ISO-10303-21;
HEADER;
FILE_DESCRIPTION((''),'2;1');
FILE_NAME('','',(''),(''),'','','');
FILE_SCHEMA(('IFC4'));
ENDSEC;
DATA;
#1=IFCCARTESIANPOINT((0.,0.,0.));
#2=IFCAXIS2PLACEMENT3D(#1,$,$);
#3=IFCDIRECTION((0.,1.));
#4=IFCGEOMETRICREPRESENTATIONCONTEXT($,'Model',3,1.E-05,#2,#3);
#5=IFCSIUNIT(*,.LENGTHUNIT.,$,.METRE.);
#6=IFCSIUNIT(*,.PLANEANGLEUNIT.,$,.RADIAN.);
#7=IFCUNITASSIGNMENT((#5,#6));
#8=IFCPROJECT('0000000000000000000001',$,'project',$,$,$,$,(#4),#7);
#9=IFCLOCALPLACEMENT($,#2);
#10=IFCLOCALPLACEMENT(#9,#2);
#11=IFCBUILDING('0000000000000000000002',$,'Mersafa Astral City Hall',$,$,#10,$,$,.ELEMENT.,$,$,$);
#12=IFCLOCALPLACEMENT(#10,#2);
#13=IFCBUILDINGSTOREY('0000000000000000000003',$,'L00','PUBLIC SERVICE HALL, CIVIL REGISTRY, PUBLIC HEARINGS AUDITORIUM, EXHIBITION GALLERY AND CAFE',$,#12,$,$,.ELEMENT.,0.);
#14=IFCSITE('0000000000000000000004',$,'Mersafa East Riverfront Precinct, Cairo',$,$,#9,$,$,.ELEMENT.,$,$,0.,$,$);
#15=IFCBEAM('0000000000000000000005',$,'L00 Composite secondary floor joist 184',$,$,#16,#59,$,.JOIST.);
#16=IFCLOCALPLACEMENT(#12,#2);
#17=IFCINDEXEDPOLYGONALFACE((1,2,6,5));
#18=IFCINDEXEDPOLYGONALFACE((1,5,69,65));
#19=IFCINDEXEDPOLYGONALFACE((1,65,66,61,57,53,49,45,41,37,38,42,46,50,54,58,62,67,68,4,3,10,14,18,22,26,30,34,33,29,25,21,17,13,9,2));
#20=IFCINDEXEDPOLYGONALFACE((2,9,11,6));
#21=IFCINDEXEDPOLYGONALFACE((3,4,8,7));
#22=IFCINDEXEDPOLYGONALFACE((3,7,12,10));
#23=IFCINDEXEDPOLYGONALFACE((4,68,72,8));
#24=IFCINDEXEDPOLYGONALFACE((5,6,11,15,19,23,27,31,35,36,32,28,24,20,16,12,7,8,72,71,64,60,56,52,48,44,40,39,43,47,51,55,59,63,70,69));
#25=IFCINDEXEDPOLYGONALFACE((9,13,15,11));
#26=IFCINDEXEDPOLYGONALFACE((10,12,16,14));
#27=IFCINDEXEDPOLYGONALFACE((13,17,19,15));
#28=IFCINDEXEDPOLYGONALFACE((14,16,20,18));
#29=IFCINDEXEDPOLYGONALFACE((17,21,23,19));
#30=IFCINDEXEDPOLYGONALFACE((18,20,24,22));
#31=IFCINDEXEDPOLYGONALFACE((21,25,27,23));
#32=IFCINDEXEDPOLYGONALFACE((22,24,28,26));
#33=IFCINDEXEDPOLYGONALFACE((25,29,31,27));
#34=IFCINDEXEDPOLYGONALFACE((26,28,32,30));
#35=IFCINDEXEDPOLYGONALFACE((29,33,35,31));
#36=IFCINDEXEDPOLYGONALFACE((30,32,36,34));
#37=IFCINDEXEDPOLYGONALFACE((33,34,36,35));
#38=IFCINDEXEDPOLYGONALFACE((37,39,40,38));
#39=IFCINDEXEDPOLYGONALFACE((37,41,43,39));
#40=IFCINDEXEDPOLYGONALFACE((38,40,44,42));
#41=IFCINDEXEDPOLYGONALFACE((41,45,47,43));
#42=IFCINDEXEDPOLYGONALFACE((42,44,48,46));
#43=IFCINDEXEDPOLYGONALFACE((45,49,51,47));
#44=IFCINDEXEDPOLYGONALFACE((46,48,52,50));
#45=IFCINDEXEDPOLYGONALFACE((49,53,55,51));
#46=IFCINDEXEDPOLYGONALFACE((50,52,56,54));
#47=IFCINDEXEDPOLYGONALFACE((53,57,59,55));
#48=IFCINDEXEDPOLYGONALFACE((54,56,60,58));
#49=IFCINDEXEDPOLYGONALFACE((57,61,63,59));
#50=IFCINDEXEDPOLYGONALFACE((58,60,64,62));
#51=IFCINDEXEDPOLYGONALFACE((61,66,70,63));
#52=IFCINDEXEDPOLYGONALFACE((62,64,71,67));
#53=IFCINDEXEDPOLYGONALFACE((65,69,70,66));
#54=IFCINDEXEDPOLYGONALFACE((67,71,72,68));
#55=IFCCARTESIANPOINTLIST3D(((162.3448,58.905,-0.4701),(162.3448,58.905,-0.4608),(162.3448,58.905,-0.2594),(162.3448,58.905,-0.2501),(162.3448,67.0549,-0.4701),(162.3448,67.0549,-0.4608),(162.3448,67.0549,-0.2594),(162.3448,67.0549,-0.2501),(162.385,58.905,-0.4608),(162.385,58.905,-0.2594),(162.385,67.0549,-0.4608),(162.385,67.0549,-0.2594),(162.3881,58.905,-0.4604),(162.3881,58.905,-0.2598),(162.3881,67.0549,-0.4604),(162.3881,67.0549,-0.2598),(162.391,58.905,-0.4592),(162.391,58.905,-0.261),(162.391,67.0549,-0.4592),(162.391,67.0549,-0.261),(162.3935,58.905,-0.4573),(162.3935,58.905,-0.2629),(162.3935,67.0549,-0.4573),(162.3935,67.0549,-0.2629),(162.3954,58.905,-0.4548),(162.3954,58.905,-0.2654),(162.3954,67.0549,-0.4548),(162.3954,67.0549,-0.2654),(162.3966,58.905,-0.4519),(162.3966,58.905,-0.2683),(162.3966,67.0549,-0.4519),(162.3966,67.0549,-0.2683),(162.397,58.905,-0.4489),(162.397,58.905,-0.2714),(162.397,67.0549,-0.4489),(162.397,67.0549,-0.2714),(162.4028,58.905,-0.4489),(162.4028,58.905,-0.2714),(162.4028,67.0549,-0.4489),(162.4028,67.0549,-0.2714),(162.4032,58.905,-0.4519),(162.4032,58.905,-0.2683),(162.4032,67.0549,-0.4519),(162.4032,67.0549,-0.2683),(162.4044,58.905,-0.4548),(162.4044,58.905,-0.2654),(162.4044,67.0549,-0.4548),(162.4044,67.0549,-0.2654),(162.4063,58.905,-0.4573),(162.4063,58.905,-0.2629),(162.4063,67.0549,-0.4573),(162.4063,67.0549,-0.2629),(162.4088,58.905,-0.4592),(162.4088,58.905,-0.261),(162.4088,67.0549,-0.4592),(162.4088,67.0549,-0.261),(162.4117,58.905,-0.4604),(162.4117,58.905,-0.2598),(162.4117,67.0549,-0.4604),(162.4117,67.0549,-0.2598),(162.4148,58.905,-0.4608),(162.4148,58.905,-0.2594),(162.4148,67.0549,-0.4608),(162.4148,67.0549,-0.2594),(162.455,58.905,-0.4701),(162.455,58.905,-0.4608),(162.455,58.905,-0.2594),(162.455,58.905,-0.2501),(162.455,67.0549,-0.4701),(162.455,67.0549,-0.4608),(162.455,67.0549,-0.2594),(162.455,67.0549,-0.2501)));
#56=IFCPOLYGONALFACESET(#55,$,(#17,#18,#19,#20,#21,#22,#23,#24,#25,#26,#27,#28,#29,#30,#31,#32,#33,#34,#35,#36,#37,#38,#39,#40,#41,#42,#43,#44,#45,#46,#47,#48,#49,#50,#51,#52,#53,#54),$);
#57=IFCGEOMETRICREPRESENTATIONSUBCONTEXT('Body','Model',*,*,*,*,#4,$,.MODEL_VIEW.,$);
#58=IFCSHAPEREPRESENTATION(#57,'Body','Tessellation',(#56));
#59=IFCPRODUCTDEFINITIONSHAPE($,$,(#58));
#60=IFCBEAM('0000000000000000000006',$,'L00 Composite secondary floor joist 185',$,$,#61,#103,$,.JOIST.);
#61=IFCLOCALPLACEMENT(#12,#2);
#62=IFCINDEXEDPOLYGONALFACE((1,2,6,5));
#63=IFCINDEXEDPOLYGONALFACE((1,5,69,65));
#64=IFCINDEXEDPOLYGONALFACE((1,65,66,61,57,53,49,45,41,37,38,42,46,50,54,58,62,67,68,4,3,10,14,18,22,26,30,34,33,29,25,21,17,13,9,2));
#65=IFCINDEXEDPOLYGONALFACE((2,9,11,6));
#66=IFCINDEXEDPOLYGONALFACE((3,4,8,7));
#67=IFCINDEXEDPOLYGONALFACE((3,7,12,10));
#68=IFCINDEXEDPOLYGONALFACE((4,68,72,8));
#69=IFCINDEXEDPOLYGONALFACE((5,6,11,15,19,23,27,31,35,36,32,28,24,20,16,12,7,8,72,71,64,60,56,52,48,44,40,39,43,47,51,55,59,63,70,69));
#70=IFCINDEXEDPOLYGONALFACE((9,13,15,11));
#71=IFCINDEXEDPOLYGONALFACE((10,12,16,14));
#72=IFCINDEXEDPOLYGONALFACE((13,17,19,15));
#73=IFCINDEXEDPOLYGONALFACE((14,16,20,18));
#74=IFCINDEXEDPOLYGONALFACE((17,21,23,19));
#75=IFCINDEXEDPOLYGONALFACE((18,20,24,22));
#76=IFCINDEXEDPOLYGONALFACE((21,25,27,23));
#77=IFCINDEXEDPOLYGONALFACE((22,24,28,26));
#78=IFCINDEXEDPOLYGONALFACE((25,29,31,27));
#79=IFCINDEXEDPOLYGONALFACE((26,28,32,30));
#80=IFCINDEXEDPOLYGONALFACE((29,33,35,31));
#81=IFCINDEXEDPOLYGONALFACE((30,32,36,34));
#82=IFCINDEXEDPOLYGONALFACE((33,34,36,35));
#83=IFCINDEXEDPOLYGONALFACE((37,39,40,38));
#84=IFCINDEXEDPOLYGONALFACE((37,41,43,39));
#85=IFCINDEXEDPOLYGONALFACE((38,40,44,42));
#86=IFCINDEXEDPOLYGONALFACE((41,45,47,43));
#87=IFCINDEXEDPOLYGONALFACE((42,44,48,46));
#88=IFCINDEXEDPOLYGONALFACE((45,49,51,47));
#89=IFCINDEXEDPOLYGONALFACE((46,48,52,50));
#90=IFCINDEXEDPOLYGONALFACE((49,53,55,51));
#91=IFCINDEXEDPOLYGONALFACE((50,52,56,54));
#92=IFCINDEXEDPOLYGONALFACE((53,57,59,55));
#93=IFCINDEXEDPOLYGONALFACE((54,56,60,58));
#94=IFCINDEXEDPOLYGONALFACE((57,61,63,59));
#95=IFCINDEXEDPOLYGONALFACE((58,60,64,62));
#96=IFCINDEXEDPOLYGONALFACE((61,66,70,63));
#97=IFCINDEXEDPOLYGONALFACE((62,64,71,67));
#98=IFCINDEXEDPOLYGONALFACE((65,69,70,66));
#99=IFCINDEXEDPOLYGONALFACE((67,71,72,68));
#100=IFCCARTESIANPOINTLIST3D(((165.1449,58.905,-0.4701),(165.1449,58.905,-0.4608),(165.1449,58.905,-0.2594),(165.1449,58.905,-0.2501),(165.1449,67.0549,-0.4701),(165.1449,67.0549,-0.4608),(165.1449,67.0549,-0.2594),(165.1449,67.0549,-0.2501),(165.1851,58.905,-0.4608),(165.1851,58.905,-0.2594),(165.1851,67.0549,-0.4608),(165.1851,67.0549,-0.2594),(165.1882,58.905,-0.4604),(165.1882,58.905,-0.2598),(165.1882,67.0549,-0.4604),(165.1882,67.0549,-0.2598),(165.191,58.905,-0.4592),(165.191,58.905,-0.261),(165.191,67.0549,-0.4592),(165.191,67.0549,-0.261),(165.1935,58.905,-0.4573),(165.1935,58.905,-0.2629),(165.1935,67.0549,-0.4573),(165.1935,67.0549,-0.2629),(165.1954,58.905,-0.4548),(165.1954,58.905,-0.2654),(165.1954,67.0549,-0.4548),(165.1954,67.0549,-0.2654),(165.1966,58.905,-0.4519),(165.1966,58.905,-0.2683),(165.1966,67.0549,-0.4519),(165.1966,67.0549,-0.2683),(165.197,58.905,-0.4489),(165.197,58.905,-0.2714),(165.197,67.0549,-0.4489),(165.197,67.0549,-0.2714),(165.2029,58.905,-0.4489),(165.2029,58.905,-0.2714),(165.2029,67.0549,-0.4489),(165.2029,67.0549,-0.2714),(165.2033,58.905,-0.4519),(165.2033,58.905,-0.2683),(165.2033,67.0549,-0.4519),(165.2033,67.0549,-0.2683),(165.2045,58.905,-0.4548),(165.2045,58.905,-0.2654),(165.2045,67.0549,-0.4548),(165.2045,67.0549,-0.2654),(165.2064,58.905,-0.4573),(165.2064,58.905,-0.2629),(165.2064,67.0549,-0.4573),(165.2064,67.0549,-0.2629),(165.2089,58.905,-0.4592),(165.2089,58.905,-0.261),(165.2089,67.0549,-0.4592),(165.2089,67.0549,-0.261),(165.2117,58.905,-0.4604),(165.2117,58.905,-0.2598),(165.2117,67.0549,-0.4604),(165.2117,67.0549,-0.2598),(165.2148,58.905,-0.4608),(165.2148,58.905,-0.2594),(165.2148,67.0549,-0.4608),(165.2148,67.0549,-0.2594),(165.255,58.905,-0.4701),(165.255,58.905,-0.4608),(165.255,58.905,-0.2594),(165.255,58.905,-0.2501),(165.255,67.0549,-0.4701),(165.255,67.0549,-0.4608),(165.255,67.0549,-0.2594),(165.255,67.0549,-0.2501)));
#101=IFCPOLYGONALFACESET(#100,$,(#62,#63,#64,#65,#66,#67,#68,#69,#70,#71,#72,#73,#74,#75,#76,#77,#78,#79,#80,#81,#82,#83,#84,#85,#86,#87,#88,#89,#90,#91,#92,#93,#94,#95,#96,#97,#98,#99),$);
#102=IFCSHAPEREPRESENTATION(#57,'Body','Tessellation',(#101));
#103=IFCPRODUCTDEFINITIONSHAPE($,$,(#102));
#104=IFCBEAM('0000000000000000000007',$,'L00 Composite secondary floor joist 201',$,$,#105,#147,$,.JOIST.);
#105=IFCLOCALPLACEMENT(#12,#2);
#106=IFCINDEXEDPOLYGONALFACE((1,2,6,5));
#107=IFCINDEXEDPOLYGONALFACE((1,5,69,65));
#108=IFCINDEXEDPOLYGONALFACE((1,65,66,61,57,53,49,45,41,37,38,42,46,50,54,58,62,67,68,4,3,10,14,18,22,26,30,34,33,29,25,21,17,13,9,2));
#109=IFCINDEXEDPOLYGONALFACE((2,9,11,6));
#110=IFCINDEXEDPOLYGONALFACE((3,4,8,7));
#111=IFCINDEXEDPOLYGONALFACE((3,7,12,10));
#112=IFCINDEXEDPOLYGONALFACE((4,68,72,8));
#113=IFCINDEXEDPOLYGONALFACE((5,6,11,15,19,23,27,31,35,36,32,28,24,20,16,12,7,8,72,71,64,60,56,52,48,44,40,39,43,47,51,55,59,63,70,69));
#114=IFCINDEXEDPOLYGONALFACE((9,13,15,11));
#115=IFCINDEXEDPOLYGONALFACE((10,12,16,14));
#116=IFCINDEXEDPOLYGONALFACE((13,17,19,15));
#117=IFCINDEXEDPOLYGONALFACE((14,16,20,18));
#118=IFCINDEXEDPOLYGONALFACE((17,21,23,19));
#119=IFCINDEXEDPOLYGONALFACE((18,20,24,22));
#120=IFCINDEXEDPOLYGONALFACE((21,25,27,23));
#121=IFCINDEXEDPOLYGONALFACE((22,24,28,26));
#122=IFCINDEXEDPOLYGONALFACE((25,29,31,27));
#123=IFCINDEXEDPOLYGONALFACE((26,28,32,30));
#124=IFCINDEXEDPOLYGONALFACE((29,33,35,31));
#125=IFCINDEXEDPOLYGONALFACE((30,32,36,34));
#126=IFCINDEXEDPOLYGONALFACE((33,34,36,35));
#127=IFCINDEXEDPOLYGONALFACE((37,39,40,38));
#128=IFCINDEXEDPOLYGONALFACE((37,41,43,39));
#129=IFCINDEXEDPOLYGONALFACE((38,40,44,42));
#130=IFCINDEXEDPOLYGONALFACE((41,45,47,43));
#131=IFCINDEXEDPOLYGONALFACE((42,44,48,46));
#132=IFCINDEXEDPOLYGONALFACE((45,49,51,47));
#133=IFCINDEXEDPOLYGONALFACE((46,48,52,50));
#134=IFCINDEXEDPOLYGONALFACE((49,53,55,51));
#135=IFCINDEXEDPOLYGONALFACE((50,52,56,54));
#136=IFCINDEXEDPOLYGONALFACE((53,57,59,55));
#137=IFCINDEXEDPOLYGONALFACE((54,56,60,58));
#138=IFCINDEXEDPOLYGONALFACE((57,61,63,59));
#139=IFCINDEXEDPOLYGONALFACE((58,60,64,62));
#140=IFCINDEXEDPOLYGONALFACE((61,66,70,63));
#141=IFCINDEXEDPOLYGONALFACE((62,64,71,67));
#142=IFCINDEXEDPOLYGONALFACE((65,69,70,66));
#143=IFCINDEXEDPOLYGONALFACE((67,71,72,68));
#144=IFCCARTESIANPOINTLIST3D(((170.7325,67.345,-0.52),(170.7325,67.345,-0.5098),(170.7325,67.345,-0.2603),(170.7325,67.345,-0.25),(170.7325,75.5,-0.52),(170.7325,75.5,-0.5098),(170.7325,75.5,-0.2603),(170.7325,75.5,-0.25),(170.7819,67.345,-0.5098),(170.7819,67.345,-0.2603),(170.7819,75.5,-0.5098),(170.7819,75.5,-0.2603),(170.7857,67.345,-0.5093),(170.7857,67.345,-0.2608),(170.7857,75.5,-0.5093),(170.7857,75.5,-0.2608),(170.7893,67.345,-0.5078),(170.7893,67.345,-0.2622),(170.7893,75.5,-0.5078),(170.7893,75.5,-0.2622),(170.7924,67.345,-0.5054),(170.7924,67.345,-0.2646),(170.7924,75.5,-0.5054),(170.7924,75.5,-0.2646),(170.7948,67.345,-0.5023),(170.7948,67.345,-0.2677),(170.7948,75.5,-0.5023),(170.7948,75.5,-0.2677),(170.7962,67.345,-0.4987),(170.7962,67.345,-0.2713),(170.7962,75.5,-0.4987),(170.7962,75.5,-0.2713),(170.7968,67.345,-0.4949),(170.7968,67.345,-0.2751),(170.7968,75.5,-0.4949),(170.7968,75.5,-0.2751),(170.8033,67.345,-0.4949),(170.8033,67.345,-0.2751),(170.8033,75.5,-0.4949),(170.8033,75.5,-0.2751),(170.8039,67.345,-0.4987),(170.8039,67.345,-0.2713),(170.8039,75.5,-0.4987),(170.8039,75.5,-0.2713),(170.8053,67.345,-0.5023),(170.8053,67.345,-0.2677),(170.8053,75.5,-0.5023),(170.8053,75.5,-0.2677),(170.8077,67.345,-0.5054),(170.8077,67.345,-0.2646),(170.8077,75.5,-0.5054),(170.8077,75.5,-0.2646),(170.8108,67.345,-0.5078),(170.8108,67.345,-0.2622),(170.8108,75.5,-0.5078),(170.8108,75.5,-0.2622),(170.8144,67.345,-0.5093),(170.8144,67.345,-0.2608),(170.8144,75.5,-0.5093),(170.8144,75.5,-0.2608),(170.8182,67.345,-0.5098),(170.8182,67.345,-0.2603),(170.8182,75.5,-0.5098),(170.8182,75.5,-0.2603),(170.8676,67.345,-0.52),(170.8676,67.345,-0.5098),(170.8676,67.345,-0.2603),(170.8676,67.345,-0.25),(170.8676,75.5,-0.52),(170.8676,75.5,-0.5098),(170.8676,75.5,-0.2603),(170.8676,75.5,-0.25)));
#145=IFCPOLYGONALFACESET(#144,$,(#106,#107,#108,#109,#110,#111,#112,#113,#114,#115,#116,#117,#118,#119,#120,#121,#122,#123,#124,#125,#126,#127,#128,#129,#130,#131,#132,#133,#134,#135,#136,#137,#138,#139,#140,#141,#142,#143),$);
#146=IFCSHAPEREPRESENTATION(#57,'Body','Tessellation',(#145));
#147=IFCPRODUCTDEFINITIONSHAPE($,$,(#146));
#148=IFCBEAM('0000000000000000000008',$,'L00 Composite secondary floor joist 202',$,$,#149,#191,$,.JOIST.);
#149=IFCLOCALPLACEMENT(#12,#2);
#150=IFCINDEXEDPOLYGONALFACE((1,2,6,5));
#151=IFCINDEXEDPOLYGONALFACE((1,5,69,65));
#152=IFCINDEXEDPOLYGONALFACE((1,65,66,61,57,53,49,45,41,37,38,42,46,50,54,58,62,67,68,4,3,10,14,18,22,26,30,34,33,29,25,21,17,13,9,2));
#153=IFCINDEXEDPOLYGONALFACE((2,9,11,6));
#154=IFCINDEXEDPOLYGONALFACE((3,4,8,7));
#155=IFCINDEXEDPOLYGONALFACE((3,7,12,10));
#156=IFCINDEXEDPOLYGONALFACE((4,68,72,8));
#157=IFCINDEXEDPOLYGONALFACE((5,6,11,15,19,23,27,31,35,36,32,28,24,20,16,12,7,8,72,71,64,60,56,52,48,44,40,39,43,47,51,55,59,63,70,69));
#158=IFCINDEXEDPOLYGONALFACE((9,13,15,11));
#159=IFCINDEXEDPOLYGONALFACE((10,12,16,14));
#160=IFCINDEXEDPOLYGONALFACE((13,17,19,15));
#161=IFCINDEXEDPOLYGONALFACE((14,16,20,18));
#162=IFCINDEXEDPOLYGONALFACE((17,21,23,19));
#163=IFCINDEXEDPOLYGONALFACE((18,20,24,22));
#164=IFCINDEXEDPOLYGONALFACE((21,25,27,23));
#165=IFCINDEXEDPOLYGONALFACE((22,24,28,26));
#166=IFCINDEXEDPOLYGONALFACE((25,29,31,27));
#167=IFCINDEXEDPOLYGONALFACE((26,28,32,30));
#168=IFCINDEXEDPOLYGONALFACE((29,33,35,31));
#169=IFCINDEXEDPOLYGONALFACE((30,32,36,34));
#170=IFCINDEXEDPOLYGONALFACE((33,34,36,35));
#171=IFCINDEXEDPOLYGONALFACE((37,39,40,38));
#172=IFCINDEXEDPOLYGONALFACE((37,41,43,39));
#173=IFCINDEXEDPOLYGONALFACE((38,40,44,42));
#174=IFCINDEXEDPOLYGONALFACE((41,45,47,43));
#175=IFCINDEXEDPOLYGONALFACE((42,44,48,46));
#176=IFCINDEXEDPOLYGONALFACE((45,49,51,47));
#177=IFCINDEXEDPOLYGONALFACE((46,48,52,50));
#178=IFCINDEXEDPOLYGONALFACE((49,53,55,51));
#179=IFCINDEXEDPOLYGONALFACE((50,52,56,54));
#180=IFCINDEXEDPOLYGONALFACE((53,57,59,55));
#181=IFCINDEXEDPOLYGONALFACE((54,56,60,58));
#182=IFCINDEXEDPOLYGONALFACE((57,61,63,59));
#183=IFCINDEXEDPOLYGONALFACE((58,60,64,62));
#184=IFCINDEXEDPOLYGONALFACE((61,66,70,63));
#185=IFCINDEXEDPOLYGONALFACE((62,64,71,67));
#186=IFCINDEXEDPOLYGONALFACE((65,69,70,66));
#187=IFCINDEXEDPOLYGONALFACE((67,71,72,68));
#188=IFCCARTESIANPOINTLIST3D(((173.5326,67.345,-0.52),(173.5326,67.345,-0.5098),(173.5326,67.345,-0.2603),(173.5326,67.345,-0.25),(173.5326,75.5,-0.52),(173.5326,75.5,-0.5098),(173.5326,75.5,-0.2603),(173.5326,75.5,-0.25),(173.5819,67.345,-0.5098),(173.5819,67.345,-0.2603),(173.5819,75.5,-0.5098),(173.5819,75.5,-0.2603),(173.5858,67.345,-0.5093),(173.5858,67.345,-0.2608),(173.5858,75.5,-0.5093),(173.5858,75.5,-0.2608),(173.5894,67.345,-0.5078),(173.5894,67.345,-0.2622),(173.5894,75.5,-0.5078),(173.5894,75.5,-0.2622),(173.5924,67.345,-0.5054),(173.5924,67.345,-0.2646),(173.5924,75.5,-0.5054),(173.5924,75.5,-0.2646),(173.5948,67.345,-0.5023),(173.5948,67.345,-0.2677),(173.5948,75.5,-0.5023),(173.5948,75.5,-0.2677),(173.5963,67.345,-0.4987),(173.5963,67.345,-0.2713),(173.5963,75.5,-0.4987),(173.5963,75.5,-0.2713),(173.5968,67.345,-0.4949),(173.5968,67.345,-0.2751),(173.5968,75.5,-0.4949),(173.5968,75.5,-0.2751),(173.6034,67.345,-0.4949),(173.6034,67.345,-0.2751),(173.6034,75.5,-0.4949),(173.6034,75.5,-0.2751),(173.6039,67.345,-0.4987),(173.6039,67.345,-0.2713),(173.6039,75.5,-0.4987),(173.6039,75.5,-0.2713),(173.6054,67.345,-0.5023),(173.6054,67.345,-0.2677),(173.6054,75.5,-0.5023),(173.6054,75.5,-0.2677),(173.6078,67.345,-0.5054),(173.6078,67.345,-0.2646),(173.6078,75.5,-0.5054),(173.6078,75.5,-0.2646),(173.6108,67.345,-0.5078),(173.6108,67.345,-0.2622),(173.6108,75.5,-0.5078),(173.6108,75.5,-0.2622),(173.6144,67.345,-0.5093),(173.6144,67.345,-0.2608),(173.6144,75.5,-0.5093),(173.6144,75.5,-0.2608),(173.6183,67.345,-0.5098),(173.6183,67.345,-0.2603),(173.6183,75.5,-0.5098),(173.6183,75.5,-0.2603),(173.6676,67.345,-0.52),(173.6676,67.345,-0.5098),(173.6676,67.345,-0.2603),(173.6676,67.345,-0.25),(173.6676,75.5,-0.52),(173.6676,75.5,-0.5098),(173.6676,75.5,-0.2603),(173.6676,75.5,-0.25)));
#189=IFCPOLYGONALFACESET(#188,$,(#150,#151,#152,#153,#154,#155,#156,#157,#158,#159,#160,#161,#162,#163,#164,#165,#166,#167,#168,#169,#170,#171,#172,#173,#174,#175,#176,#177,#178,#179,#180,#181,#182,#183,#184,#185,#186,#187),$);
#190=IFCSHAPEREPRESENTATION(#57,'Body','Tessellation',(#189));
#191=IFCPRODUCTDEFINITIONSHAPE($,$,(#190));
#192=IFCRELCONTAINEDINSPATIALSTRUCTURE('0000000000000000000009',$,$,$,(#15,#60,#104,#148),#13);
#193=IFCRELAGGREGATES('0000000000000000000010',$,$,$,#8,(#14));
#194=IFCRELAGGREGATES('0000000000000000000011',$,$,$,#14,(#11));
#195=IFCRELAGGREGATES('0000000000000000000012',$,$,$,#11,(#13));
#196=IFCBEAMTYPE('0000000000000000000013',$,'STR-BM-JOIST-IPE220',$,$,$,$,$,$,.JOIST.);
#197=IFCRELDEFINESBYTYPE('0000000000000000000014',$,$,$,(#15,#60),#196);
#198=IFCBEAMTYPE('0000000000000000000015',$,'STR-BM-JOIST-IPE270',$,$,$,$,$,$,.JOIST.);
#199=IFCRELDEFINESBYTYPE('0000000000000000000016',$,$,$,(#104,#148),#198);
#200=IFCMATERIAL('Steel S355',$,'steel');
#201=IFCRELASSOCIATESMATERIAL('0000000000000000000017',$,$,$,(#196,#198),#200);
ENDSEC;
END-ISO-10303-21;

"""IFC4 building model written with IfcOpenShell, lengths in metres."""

from ifc_helpers import new_model, si_unit, direction, frame, origin, origin_2d, place, context, subcontext, project, spatial, i_section, extrude, material, material_profile, profile_set, type_object, element, save


model = new_model("IFC4")

# Units and contexts
model_context = context("Model", 3, precision=1e-05, world=origin(), true_north=direction((0.0, 1.0)))
body_context = subcontext(model_context, "Body", "Model", "MODEL_VIEW")
ifc_project = project(units=[si_unit("LENGTHUNIT", "METRE"), si_unit("PLANEANGLEUNIT", "RADIAN")], contexts=[model_context])

# Site, building, storey
site_placement = place(None, origin())
site = spatial("IfcSite", under=ifc_project, at=site_placement, Name="Mersafa East Riverfront Precinct, Cairo", CompositionType="ELEMENT", RefElevation=0.0)
building_placement = place(site_placement, origin())
building = spatial("IfcBuilding", under=site, at=building_placement, Name="Mersafa Astral City Hall", CompositionType="ELEMENT")
storey_placement = place(building_placement, origin())
storey = spatial("IfcBuildingStorey", under=building, at=storey_placement, Name="L00", Description="PUBLIC SERVICE HALL, CIVIL REGISTRY, PUBLIC HEARINGS AUDITORIUM, EXHIBITION GALLERY AND CAFE", CompositionType="ELEMENT", Elevation=0.0)

# Shared definitions
ifc_material_1 = material(Name="Steel S355", Category="steel")

# Beams
ifc_material_profile_1 = material_profile(ifc_material_1, i_section(OverallWidth=0.1101, OverallDepth=0.22, WebThickness=0.0059, FlangeThickness=0.0093, FilletRadius=0.012, at=origin_2d()), Name="IPE 220")
ifc_profile_set_1 = profile_set([ifc_material_profile_1], Name="Steel S355")
beam_type_1 = type_object("IfcBeamType", Name="STR-BM-JOIST-IPE220", PredefinedType="JOIST", material=ifc_profile_set_1)
for number, where, z_axis, x_axis, name in (
    (1, (162.3999, 58.905, -0.3601), (0.0, 1.0, 0.0), (-1.0, 0.0, 0.0), "L00 Composite secondary floor joist 184"),
    (2, (165.2, 58.905, -0.3601), (0.0, 1.0, 0.0), (-1.0, 0.0, 0.0), "L00 Composite secondary floor joist 185"),
):
    element("IfcBeam", number, at=place(storey_placement, frame(where, z_axis=z_axis, x_axis=x_axis)), inside=storey, type_object=beam_type_1, Name=name, PredefinedType="JOIST", context=body_context, shape_type="SweptSolid", body=[
        extrude(i_section(OverallWidth=0.1101, OverallDepth=0.22, WebThickness=0.0059, FlangeThickness=0.0093, FilletRadius=0.012, at=origin_2d()), origin(), (0.0, 0.0, 1.0), 8.1499),
    ])
ifc_material_profile_2 = material_profile(ifc_material_1, i_section(OverallWidth=0.135, OverallDepth=0.27, WebThickness=0.0066, FlangeThickness=0.0103, FilletRadius=0.0149, at=origin_2d()), Name="IPE 270")
ifc_profile_set_2 = profile_set([ifc_material_profile_2], Name="Steel S355")
beam_type_2 = type_object("IfcBeamType", Name="STR-BM-JOIST-IPE270", PredefinedType="JOIST", material=ifc_profile_set_2)
for number, where, z_axis, x_axis, name in (
    (3, (170.8, 67.345, -0.385), (0.0, 1.0, 0.0), (-1.0, 0.0, 0.0), "L00 Composite secondary floor joist 201"),
    (4, (173.6001, 67.345, -0.385), (0.0, 1.0, 0.0), (-1.0, 0.0, 0.0), "L00 Composite secondary floor joist 202"),
):
    element("IfcBeam", number, at=place(storey_placement, frame(where, z_axis=z_axis, x_axis=x_axis)), inside=storey, type_object=beam_type_2, Name=name, PredefinedType="JOIST", context=body_context, shape_type="SweptSolid", body=[
        extrude(i_section(OverallWidth=0.135, OverallDepth=0.27, WebThickness=0.0066, FlangeThickness=0.0103, FilletRadius=0.0149, at=origin_2d()), origin(), (0.0, 0.0, 1.0), 8.155),
    ])

save(model, "model.ifc")
